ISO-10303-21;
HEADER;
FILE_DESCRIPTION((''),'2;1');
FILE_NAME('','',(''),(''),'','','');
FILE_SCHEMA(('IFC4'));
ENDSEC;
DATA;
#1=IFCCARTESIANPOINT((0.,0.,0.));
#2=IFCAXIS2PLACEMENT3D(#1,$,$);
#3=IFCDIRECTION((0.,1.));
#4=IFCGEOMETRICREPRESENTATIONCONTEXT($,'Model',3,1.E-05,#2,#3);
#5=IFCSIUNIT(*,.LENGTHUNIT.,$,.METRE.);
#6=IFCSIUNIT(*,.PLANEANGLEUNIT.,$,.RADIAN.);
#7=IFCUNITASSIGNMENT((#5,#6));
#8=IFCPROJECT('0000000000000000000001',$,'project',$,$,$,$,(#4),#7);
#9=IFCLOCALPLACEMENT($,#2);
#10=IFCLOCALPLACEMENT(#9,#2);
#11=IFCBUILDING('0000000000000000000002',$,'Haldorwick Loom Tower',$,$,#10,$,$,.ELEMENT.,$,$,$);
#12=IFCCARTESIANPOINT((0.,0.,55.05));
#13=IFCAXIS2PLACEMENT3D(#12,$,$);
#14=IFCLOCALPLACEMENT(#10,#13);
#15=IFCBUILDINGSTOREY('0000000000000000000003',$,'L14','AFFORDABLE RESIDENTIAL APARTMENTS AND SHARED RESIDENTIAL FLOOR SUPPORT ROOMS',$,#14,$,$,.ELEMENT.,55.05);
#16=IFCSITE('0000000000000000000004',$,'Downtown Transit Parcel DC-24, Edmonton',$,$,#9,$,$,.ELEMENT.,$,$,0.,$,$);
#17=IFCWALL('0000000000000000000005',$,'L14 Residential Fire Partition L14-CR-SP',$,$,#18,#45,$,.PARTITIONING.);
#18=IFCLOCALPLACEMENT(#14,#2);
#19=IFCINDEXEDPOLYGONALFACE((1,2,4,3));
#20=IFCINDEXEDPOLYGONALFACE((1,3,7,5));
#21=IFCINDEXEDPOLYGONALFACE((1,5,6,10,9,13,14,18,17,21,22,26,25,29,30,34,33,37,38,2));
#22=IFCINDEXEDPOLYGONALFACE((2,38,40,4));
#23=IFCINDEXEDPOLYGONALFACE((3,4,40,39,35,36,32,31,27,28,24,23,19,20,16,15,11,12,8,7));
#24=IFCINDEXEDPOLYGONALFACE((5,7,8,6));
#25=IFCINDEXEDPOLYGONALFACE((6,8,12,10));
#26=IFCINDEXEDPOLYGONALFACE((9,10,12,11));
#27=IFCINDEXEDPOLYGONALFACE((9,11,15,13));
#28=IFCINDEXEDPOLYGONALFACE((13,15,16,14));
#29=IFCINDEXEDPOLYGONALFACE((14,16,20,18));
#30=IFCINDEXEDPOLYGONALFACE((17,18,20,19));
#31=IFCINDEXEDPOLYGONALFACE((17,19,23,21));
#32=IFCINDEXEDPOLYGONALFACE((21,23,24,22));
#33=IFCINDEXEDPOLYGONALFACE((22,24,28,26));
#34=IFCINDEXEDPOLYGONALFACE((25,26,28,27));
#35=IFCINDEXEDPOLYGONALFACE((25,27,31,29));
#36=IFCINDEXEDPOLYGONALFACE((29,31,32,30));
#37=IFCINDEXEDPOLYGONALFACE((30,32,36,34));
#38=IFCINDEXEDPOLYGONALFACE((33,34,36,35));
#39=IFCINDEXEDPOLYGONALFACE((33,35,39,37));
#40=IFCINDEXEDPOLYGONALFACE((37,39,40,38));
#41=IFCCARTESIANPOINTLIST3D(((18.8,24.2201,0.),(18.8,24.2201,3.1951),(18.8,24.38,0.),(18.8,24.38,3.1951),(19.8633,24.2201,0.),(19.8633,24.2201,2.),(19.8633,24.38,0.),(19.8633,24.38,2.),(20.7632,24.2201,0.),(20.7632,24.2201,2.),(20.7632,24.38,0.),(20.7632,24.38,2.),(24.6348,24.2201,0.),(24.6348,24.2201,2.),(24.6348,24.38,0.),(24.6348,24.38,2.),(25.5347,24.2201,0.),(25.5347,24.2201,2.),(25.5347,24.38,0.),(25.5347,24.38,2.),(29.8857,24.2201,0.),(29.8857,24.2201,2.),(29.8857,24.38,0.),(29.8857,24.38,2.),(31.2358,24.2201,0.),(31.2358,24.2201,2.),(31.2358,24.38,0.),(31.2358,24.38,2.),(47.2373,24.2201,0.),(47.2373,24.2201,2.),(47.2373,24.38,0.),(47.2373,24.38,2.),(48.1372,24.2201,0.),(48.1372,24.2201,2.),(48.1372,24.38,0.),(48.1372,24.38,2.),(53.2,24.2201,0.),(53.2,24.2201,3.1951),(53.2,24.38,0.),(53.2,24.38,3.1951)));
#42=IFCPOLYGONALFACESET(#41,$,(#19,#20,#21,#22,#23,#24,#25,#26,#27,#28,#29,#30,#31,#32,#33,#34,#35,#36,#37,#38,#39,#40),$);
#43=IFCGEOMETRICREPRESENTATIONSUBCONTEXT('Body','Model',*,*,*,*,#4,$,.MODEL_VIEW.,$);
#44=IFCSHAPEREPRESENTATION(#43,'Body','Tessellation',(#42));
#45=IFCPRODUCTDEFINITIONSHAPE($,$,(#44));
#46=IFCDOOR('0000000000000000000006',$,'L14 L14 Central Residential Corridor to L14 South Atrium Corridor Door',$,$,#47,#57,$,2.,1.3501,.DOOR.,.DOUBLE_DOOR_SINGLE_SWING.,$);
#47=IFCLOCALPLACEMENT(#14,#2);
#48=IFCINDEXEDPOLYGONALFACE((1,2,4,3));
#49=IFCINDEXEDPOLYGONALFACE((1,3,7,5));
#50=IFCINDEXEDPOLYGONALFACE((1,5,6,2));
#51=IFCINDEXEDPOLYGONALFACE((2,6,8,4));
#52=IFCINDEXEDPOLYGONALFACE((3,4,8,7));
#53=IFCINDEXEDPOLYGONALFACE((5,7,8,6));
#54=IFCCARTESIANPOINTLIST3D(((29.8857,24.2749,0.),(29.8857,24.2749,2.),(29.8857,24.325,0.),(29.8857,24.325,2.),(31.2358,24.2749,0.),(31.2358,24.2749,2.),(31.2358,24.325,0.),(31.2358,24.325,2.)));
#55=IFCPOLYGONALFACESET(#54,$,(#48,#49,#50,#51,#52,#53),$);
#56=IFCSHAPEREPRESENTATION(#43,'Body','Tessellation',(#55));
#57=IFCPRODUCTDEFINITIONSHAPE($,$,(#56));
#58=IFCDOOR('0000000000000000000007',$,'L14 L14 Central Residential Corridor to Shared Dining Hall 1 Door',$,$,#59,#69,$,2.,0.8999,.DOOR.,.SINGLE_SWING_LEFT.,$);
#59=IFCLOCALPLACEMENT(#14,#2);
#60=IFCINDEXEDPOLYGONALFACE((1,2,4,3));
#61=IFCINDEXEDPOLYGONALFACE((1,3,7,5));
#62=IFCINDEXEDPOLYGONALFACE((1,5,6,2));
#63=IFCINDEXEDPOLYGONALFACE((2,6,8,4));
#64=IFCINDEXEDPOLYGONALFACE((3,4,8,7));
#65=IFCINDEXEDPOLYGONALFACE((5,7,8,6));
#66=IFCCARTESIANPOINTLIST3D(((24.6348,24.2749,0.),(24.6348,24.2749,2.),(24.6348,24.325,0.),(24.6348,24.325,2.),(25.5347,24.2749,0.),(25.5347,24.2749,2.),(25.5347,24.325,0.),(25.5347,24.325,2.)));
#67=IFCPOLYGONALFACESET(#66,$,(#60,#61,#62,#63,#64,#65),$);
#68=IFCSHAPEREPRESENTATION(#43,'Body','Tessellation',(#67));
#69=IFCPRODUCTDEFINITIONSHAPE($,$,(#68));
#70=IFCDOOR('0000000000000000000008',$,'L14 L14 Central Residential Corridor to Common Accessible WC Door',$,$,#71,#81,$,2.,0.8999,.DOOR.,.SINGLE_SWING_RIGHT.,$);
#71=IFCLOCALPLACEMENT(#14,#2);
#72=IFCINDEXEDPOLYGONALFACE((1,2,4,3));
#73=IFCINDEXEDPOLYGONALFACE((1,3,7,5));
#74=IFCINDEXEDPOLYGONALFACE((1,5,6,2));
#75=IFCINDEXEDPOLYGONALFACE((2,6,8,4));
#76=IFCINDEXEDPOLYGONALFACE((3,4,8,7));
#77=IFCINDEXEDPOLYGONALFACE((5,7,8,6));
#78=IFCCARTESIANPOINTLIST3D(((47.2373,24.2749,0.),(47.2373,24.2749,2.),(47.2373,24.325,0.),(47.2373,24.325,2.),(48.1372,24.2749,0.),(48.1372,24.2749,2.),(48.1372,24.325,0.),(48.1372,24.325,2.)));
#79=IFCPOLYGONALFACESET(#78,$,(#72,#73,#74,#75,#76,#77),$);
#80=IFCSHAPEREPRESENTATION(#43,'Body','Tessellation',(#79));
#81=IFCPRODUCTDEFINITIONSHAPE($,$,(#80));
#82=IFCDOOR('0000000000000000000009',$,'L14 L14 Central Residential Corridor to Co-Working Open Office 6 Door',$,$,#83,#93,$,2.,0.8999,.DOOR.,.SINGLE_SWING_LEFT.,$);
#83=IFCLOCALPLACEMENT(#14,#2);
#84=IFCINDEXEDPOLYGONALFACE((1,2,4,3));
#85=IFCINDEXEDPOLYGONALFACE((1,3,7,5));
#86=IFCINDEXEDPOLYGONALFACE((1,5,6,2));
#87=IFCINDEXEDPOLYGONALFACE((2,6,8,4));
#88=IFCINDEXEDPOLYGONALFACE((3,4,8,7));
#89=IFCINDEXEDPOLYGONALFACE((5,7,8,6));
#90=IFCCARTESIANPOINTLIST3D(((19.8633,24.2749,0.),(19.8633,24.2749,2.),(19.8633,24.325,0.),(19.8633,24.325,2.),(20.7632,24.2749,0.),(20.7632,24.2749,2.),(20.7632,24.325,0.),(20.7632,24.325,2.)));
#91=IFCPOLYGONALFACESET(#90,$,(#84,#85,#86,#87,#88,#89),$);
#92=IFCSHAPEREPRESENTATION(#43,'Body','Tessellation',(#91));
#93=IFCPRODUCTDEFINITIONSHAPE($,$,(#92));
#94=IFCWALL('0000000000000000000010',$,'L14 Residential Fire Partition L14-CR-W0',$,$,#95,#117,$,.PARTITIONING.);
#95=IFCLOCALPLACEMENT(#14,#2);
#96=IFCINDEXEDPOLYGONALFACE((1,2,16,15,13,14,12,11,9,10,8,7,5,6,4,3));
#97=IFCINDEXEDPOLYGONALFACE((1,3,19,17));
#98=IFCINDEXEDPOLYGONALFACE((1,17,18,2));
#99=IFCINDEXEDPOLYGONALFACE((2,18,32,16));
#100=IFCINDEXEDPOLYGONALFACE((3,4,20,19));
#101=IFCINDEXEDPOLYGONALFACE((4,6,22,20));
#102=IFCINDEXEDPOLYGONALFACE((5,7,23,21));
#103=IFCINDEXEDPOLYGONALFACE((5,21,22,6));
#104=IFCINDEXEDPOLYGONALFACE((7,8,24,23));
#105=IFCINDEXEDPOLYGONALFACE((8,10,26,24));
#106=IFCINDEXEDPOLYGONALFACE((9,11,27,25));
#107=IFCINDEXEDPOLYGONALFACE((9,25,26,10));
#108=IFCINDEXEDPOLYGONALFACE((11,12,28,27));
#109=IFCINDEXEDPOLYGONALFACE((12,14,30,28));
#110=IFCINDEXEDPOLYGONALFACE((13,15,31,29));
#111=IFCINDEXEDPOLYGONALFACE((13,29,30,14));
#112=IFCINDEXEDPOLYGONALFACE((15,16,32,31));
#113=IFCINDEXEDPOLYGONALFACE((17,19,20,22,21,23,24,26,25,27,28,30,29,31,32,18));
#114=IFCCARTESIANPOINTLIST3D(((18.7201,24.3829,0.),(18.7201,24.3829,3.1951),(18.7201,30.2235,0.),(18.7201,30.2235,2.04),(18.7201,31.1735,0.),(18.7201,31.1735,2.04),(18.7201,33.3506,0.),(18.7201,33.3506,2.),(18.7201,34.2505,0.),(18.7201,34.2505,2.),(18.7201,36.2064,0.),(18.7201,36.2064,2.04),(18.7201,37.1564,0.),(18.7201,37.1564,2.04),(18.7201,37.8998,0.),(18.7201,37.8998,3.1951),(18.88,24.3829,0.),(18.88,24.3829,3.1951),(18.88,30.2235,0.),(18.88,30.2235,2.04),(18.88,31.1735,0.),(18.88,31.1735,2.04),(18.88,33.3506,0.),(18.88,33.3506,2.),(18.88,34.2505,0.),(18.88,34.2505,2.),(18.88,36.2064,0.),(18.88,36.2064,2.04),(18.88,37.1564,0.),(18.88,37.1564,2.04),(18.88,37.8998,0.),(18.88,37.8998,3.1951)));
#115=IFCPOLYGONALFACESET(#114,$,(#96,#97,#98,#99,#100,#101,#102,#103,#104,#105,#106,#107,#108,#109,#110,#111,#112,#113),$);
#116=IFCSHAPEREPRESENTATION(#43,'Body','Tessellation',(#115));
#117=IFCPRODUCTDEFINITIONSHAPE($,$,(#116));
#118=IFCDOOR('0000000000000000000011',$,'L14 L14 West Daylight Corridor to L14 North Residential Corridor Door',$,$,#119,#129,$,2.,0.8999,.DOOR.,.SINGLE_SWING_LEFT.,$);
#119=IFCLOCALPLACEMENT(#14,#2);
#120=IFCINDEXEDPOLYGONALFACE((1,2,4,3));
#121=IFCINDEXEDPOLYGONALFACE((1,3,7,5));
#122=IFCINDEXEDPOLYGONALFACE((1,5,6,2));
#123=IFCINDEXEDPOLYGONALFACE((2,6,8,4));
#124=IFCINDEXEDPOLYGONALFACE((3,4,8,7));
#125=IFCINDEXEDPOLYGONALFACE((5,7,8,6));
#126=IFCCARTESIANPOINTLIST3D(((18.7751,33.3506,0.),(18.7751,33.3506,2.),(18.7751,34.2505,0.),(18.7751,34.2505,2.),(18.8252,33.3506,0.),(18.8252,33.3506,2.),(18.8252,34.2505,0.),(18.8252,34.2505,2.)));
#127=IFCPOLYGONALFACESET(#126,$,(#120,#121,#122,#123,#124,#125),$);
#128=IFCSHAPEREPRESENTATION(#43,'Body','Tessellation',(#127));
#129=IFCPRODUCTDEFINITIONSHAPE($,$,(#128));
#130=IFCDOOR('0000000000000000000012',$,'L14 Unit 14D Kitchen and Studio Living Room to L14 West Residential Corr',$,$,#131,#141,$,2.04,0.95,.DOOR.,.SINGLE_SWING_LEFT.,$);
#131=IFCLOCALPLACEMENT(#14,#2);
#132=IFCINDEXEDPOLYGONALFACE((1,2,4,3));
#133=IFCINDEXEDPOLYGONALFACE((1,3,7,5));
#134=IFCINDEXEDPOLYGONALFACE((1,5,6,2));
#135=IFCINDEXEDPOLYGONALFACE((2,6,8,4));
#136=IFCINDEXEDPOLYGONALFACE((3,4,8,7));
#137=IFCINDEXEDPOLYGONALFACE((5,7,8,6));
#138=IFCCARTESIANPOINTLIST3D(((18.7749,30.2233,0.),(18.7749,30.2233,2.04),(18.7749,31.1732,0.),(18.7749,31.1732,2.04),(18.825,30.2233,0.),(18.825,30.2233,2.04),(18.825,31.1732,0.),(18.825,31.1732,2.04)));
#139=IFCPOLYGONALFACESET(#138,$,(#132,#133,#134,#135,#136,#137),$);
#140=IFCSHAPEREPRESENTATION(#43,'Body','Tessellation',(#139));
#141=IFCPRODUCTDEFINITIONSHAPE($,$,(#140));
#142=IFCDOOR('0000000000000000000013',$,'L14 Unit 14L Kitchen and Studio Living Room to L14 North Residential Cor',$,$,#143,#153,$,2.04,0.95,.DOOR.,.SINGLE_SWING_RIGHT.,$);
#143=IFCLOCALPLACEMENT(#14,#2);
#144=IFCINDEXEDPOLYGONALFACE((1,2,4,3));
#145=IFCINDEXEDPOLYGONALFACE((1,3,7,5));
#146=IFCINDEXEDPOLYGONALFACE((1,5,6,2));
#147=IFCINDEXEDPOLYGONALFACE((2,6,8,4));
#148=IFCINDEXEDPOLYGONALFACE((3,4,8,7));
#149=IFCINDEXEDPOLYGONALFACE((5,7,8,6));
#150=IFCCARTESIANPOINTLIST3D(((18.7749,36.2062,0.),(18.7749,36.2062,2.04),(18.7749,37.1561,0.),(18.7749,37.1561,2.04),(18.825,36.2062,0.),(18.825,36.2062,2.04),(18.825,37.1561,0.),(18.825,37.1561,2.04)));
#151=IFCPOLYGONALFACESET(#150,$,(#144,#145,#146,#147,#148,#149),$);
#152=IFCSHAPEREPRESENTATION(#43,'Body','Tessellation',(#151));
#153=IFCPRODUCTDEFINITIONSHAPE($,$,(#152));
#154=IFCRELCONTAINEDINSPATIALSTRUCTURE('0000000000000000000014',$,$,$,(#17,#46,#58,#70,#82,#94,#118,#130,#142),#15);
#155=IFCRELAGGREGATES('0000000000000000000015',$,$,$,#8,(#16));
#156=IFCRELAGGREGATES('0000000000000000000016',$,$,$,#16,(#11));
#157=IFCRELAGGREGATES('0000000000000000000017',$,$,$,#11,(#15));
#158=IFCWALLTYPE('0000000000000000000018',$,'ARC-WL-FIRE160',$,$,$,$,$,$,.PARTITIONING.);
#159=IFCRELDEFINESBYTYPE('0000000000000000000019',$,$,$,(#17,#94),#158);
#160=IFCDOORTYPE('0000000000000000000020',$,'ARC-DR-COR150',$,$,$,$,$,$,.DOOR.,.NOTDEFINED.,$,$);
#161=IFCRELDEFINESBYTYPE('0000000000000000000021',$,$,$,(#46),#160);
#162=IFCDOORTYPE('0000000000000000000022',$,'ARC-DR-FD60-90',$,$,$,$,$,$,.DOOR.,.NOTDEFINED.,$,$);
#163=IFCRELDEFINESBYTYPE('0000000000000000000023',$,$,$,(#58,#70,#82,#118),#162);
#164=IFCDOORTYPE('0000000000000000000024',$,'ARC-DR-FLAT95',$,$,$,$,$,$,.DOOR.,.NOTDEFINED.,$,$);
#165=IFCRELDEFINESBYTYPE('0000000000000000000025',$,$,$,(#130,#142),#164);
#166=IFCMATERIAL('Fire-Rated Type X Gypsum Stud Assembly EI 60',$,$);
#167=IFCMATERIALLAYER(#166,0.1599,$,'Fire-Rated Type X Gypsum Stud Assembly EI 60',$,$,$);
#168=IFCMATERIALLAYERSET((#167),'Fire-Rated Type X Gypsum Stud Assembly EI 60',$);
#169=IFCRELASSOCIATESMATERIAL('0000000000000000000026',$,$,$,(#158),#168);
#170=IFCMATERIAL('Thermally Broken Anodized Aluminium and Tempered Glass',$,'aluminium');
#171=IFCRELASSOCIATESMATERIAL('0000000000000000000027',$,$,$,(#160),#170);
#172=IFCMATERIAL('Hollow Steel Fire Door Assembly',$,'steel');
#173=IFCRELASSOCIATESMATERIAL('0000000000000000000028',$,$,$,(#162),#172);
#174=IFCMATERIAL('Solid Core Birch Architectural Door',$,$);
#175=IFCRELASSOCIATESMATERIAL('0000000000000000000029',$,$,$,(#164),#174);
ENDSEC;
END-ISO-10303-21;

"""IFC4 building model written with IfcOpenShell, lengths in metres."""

from ifc_helpers import new_model, si_unit, direction, frame, frame_2d, origin, place, context, subcontext, project, spatial, rectangle, extrude, material, layer, layer_set, type_object, element, fill, save


model = new_model("IFC4")

# Units and contexts
model_context = context("Model", 3, precision=1e-05, world=origin(), true_north=direction((0.0, 1.0)))
body_context = subcontext(model_context, "Body", "Model", "MODEL_VIEW")
ifc_project = project(units=[si_unit("LENGTHUNIT", "METRE"), si_unit("PLANEANGLEUNIT", "RADIAN")], contexts=[model_context])

# Site, building, storey
site_placement = place(None, origin())
site = spatial("IfcSite", under=ifc_project, at=site_placement, Name="Downtown Transit Parcel DC-24, Edmonton", CompositionType="ELEMENT", RefElevation=0.0)
building_placement = place(site_placement, origin())
building = spatial("IfcBuilding", under=site, at=building_placement, Name="Haldorwick Loom Tower", CompositionType="ELEMENT")
storey_placement = place(building_placement, frame((0.0, 0.0, 55.05)))
storey = spatial("IfcBuildingStorey", under=building, at=storey_placement, Name="L14", Description="AFFORDABLE RESIDENTIAL APARTMENTS AND SHARED RESIDENTIAL FLOOR SUPPORT ROOMS", CompositionType="ELEMENT", Elevation=55.05)

# Walls, openings, doors
ifc_material_1 = material(Name="Fire-Rated Type X Gypsum Stud Assembly EI 60")
ifc_layer_1 = layer(ifc_material_1, 0.1599, Name="Fire-Rated Type X Gypsum Stud Assembly EI 60")
ifc_layer_set_1 = layer_set([ifc_layer_1], Name="Fire-Rated Type X Gypsum Stud Assembly EI 60")
wall_type_1 = type_object("IfcWallType", Name="ARC-WL-FIRE160", PredefinedType="PARTITIONING", material=ifc_layer_set_1)
wall_1_placement = place(storey_placement, frame((18.8, 24.3, 0.0), z_axis=(0.0, 0.0, 1.0), x_axis=(1.0, 0.0, 0.0)))
wall_1 = element("IfcWall", 1, at=wall_1_placement, inside=storey, type_object=wall_type_1, Name="L14 Residential Fire Partition L14-CR-SP", PredefinedType="PARTITIONING", context=body_context, shape_type="SweptSolid", body=[
    extrude(rectangle(XDim=34.3999, YDim=0.1599, at=frame_2d((17.2, 0.0))), origin(), (0.0, 0.0, 1.0), 3.1951),
])
opening_1_placement = place(wall_1_placement, frame((11.0857, 0.0, 0.0)))
opening_1 = element("IfcOpeningElement", 2, at=opening_1_placement, cuts=wall_1, PredefinedType="OPENING", context=body_context, shape_type="SweptSolid", body=[
    extrude(rectangle(XDim=1.3501, YDim=2.0, at=frame_2d((0.675, 1.0))), frame((0.0, 0.0898, 0.0), z_axis=(0.0, -1.0, 0.0), x_axis=(1.0, 0.0, 0.0)), (0.0, 0.0, 1.0), 0.1799),
])
opening_2_placement = place(wall_1_placement, frame((5.8347, 0.0, 0.0)))
opening_2 = element("IfcOpeningElement", 3, at=opening_2_placement, cuts=wall_1, PredefinedType="OPENING", context=body_context, shape_type="SweptSolid", body=[
    extrude(rectangle(XDim=0.8999, YDim=2.0, at=frame_2d((0.45, 1.0))), frame((0.0, 0.0898, 0.0), z_axis=(0.0, -1.0, 0.0), x_axis=(1.0, 0.0, 0.0)), (0.0, 0.0, 1.0), 0.1799),
])
opening_3_placement = place(wall_1_placement, frame((28.4373, 0.0, 0.0)))
opening_3 = element("IfcOpeningElement", 4, at=opening_3_placement, cuts=wall_1, PredefinedType="OPENING", context=body_context, shape_type="SweptSolid", body=[
    extrude(rectangle(XDim=0.8999, YDim=2.0, at=frame_2d((0.45, 1.0))), frame((0.0, 0.0898, 0.0), z_axis=(0.0, -1.0, 0.0), x_axis=(1.0, 0.0, 0.0)), (0.0, 0.0, 1.0), 0.1799),
])
opening_4_placement = place(wall_1_placement, frame((1.0632, 0.0, 0.0)))
opening_4 = element("IfcOpeningElement", 5, at=opening_4_placement, cuts=wall_1, PredefinedType="OPENING", context=body_context, shape_type="SweptSolid", body=[
    extrude(rectangle(XDim=0.8999, YDim=2.0, at=frame_2d((0.45, 1.0))), frame((0.0, 0.0898, 0.0), z_axis=(0.0, -1.0, 0.0), x_axis=(1.0, 0.0, 0.0)), (0.0, 0.0, 1.0), 0.1799),
])
ifc_material_2 = material(Name="Thermally Broken Anodized Aluminium and Tempered Glass", Category="aluminium")
door_type_1 = type_object("IfcDoorType", Name="ARC-DR-COR150", OperationType="NOTDEFINED", PredefinedType="DOOR", material=ifc_material_2)
door_1_placement = place(opening_1_placement, origin())
door_1 = element("IfcDoor", 6, at=door_1_placement, inside=storey, type_object=door_type_1, Name="L14 L14 Central Residential Corridor to L14 South Atrium Corridor Door", OperationType="DOUBLE_DOOR_SINGLE_SWING", OverallHeight=2.0, OverallWidth=1.3501, PredefinedType="DOOR", context=body_context, shape_type="SweptSolid", body=[
    extrude(rectangle(XDim=1.3501, YDim=2.0, at=frame_2d((0.675, 1.0))), frame((0.0, 0.0249, 0.0), z_axis=(0.0, -1.0, 0.0), x_axis=(1.0, 0.0, 0.0)), (0.0, 0.0, 1.0), 0.05),
])
fill(opening_1, door_1)
ifc_material_3 = material(Name="Hollow Steel Fire Door Assembly", Category="steel")
door_type_2 = type_object("IfcDoorType", Name="ARC-DR-FD60-90", OperationType="NOTDEFINED", PredefinedType="DOOR", material=ifc_material_3)
door_2_placement = place(opening_2_placement, origin())
door_2 = element("IfcDoor", 7, at=door_2_placement, inside=storey, type_object=door_type_2, Name="L14 L14 Central Residential Corridor to Shared Dining Hall 1 Door", OperationType="SINGLE_SWING_LEFT", OverallHeight=2.0, OverallWidth=0.8999, PredefinedType="DOOR", context=body_context, shape_type="SweptSolid", body=[
    extrude(rectangle(XDim=0.8999, YDim=2.0, at=frame_2d((0.45, 1.0))), frame((0.0, 0.0249, 0.0), z_axis=(0.0, -1.0, 0.0), x_axis=(1.0, 0.0, 0.0)), (0.0, 0.0, 1.0), 0.05),
])
fill(opening_2, door_2)
door_3_placement = place(opening_3_placement, origin())
door_3 = element("IfcDoor", 8, at=door_3_placement, inside=storey, type_object=door_type_2, Name="L14 L14 Central Residential Corridor to Common Accessible WC Door", OperationType="SINGLE_SWING_RIGHT", OverallHeight=2.0, OverallWidth=0.8999, PredefinedType="DOOR", context=body_context, shape_type="SweptSolid", body=[
    extrude(rectangle(XDim=0.8999, YDim=2.0, at=frame_2d((0.45, 1.0))), frame((0.0, 0.0249, 0.0), z_axis=(0.0, -1.0, 0.0), x_axis=(1.0, 0.0, 0.0)), (0.0, 0.0, 1.0), 0.05),
])
fill(opening_3, door_3)
door_4_placement = place(opening_4_placement, origin())
door_4 = element("IfcDoor", 9, at=door_4_placement, inside=storey, type_object=door_type_2, Name="L14 L14 Central Residential Corridor to Co-Working Open Office 6 Door", OperationType="SINGLE_SWING_LEFT", OverallHeight=2.0, OverallWidth=0.8999, PredefinedType="DOOR", context=body_context, shape_type="SweptSolid", body=[
    extrude(rectangle(XDim=0.8999, YDim=2.0, at=frame_2d((0.45, 1.0))), frame((0.0, 0.0249, 0.0), z_axis=(0.0, -1.0, 0.0), x_axis=(1.0, 0.0, 0.0)), (0.0, 0.0, 1.0), 0.05),
])
fill(opening_4, door_4)
wall_2_placement = place(storey_placement, frame((18.8, 24.3831, 0.0), z_axis=(0.0, 0.0, 1.0), x_axis=(0.0, 1.0, 0.0)))
wall_2 = element("IfcWall", 10, at=wall_2_placement, inside=storey, type_object=wall_type_1, Name="L14 Residential Fire Partition L14-CR-W0", PredefinedType="PARTITIONING", context=body_context, shape_type="SweptSolid", body=[
    extrude(rectangle(XDim=13.5168, YDim=0.1599, at=frame_2d((6.7583, 0.0))), origin(), (0.0, 0.0, 1.0), 3.1951),
])
opening_5_placement = place(wall_2_placement, frame((8.9675, 0.0, 0.0)))
opening_5 = element("IfcOpeningElement", 11, at=opening_5_placement, cuts=wall_2, PredefinedType="OPENING", context=body_context, shape_type="SweptSolid", body=[
    extrude(rectangle(XDim=0.8999, YDim=2.0, at=frame_2d((0.45, 1.0))), frame((0.0, 0.0898, 0.0), z_axis=(0.0, -1.0, 0.0), x_axis=(1.0, 0.0, 0.0)), (0.0, 0.0, 1.0), 0.1799),
])
opening_6_placement = place(wall_2_placement, frame((5.8403, 0.0, 0.0)))
opening_6 = element("IfcOpeningElement", 12, at=opening_6_placement, cuts=wall_2, PredefinedType="OPENING", context=body_context, shape_type="SweptSolid", body=[
    extrude(rectangle(XDim=0.95, YDim=2.04, at=frame_2d((0.4751, 1.02))), frame((0.0, 0.0898, 0.0), z_axis=(0.0, -1.0, 0.0), x_axis=(1.0, 0.0, 0.0)), (0.0, 0.0, 1.0), 0.1799),
])
opening_7_placement = place(wall_2_placement, frame((11.8232, 0.0, 0.0)))
opening_7 = element("IfcOpeningElement", 13, at=opening_7_placement, cuts=wall_2, PredefinedType="OPENING", context=body_context, shape_type="SweptSolid", body=[
    extrude(rectangle(XDim=0.95, YDim=2.04, at=frame_2d((0.4751, 1.02))), frame((0.0, 0.0898, 0.0), z_axis=(0.0, -1.0, 0.0), x_axis=(1.0, 0.0, 0.0)), (0.0, 0.0, 1.0), 0.1799),
])
door_5_placement = place(opening_5_placement, origin())
door_5 = element("IfcDoor", 14, at=door_5_placement, inside=storey, type_object=door_type_2, Name="L14 L14 West Daylight Corridor to L14 North Residential Corridor Door", OperationType="SINGLE_SWING_LEFT", OverallHeight=2.0, OverallWidth=0.8999, PredefinedType="DOOR", context=body_context, shape_type="SweptSolid", body=[
    extrude(rectangle(XDim=0.8999, YDim=2.0, at=frame_2d((0.45, 1.0))), frame((0.0, 0.0249, 0.0), z_axis=(0.0, -1.0, 0.0), x_axis=(1.0, 0.0, 0.0)), (0.0, 0.0, 1.0), 0.05),
])
fill(opening_5, door_5)
ifc_material_4 = material(Name="Solid Core Birch Architectural Door")
door_type_3 = type_object("IfcDoorType", Name="ARC-DR-FLAT95", OperationType="NOTDEFINED", PredefinedType="DOOR", material=ifc_material_4)
door_6_placement = place(opening_6_placement, frame((0.95, 0.0, 0.0), z_axis=(0.0, 0.0, 1.0), x_axis=(-1.0, 0.0, 0.0)))
door_6 = element("IfcDoor", 15, at=door_6_placement, inside=storey, type_object=door_type_3, Name="L14 Unit 14D Kitchen and Studio Living Room to L14 West Residential Corr", OperationType="SINGLE_SWING_LEFT", OverallHeight=2.04, OverallWidth=0.95, PredefinedType="DOOR", context=body_context, shape_type="SweptSolid", body=[
    extrude(rectangle(XDim=0.95, YDim=2.04, at=frame_2d((0.4751, 1.02))), frame((0.0, 0.0249, 0.0), z_axis=(0.0, -1.0, 0.0), x_axis=(1.0, 0.0, 0.0)), (0.0, 0.0, 1.0), 0.05),
])
fill(opening_6, door_6)
door_7_placement = place(opening_7_placement, frame((0.95, 0.0, 0.0), z_axis=(0.0, 0.0, 1.0), x_axis=(-1.0, 0.0, 0.0)))
door_7 = element("IfcDoor", 16, at=door_7_placement, inside=storey, type_object=door_type_3, Name="L14 Unit 14L Kitchen and Studio Living Room to L14 North Residential Cor", OperationType="SINGLE_SWING_RIGHT", OverallHeight=2.04, OverallWidth=0.95, PredefinedType="DOOR", context=body_context, shape_type="SweptSolid", body=[
    extrude(rectangle(XDim=0.95, YDim=2.04, at=frame_2d((0.4751, 1.02))), frame((0.0, 0.0249, 0.0), z_axis=(0.0, -1.0, 0.0), x_axis=(1.0, 0.0, 0.0)), (0.0, 0.0, 1.0), 0.05),
])
fill(opening_7, door_7)

save(model, "model.ifc")
